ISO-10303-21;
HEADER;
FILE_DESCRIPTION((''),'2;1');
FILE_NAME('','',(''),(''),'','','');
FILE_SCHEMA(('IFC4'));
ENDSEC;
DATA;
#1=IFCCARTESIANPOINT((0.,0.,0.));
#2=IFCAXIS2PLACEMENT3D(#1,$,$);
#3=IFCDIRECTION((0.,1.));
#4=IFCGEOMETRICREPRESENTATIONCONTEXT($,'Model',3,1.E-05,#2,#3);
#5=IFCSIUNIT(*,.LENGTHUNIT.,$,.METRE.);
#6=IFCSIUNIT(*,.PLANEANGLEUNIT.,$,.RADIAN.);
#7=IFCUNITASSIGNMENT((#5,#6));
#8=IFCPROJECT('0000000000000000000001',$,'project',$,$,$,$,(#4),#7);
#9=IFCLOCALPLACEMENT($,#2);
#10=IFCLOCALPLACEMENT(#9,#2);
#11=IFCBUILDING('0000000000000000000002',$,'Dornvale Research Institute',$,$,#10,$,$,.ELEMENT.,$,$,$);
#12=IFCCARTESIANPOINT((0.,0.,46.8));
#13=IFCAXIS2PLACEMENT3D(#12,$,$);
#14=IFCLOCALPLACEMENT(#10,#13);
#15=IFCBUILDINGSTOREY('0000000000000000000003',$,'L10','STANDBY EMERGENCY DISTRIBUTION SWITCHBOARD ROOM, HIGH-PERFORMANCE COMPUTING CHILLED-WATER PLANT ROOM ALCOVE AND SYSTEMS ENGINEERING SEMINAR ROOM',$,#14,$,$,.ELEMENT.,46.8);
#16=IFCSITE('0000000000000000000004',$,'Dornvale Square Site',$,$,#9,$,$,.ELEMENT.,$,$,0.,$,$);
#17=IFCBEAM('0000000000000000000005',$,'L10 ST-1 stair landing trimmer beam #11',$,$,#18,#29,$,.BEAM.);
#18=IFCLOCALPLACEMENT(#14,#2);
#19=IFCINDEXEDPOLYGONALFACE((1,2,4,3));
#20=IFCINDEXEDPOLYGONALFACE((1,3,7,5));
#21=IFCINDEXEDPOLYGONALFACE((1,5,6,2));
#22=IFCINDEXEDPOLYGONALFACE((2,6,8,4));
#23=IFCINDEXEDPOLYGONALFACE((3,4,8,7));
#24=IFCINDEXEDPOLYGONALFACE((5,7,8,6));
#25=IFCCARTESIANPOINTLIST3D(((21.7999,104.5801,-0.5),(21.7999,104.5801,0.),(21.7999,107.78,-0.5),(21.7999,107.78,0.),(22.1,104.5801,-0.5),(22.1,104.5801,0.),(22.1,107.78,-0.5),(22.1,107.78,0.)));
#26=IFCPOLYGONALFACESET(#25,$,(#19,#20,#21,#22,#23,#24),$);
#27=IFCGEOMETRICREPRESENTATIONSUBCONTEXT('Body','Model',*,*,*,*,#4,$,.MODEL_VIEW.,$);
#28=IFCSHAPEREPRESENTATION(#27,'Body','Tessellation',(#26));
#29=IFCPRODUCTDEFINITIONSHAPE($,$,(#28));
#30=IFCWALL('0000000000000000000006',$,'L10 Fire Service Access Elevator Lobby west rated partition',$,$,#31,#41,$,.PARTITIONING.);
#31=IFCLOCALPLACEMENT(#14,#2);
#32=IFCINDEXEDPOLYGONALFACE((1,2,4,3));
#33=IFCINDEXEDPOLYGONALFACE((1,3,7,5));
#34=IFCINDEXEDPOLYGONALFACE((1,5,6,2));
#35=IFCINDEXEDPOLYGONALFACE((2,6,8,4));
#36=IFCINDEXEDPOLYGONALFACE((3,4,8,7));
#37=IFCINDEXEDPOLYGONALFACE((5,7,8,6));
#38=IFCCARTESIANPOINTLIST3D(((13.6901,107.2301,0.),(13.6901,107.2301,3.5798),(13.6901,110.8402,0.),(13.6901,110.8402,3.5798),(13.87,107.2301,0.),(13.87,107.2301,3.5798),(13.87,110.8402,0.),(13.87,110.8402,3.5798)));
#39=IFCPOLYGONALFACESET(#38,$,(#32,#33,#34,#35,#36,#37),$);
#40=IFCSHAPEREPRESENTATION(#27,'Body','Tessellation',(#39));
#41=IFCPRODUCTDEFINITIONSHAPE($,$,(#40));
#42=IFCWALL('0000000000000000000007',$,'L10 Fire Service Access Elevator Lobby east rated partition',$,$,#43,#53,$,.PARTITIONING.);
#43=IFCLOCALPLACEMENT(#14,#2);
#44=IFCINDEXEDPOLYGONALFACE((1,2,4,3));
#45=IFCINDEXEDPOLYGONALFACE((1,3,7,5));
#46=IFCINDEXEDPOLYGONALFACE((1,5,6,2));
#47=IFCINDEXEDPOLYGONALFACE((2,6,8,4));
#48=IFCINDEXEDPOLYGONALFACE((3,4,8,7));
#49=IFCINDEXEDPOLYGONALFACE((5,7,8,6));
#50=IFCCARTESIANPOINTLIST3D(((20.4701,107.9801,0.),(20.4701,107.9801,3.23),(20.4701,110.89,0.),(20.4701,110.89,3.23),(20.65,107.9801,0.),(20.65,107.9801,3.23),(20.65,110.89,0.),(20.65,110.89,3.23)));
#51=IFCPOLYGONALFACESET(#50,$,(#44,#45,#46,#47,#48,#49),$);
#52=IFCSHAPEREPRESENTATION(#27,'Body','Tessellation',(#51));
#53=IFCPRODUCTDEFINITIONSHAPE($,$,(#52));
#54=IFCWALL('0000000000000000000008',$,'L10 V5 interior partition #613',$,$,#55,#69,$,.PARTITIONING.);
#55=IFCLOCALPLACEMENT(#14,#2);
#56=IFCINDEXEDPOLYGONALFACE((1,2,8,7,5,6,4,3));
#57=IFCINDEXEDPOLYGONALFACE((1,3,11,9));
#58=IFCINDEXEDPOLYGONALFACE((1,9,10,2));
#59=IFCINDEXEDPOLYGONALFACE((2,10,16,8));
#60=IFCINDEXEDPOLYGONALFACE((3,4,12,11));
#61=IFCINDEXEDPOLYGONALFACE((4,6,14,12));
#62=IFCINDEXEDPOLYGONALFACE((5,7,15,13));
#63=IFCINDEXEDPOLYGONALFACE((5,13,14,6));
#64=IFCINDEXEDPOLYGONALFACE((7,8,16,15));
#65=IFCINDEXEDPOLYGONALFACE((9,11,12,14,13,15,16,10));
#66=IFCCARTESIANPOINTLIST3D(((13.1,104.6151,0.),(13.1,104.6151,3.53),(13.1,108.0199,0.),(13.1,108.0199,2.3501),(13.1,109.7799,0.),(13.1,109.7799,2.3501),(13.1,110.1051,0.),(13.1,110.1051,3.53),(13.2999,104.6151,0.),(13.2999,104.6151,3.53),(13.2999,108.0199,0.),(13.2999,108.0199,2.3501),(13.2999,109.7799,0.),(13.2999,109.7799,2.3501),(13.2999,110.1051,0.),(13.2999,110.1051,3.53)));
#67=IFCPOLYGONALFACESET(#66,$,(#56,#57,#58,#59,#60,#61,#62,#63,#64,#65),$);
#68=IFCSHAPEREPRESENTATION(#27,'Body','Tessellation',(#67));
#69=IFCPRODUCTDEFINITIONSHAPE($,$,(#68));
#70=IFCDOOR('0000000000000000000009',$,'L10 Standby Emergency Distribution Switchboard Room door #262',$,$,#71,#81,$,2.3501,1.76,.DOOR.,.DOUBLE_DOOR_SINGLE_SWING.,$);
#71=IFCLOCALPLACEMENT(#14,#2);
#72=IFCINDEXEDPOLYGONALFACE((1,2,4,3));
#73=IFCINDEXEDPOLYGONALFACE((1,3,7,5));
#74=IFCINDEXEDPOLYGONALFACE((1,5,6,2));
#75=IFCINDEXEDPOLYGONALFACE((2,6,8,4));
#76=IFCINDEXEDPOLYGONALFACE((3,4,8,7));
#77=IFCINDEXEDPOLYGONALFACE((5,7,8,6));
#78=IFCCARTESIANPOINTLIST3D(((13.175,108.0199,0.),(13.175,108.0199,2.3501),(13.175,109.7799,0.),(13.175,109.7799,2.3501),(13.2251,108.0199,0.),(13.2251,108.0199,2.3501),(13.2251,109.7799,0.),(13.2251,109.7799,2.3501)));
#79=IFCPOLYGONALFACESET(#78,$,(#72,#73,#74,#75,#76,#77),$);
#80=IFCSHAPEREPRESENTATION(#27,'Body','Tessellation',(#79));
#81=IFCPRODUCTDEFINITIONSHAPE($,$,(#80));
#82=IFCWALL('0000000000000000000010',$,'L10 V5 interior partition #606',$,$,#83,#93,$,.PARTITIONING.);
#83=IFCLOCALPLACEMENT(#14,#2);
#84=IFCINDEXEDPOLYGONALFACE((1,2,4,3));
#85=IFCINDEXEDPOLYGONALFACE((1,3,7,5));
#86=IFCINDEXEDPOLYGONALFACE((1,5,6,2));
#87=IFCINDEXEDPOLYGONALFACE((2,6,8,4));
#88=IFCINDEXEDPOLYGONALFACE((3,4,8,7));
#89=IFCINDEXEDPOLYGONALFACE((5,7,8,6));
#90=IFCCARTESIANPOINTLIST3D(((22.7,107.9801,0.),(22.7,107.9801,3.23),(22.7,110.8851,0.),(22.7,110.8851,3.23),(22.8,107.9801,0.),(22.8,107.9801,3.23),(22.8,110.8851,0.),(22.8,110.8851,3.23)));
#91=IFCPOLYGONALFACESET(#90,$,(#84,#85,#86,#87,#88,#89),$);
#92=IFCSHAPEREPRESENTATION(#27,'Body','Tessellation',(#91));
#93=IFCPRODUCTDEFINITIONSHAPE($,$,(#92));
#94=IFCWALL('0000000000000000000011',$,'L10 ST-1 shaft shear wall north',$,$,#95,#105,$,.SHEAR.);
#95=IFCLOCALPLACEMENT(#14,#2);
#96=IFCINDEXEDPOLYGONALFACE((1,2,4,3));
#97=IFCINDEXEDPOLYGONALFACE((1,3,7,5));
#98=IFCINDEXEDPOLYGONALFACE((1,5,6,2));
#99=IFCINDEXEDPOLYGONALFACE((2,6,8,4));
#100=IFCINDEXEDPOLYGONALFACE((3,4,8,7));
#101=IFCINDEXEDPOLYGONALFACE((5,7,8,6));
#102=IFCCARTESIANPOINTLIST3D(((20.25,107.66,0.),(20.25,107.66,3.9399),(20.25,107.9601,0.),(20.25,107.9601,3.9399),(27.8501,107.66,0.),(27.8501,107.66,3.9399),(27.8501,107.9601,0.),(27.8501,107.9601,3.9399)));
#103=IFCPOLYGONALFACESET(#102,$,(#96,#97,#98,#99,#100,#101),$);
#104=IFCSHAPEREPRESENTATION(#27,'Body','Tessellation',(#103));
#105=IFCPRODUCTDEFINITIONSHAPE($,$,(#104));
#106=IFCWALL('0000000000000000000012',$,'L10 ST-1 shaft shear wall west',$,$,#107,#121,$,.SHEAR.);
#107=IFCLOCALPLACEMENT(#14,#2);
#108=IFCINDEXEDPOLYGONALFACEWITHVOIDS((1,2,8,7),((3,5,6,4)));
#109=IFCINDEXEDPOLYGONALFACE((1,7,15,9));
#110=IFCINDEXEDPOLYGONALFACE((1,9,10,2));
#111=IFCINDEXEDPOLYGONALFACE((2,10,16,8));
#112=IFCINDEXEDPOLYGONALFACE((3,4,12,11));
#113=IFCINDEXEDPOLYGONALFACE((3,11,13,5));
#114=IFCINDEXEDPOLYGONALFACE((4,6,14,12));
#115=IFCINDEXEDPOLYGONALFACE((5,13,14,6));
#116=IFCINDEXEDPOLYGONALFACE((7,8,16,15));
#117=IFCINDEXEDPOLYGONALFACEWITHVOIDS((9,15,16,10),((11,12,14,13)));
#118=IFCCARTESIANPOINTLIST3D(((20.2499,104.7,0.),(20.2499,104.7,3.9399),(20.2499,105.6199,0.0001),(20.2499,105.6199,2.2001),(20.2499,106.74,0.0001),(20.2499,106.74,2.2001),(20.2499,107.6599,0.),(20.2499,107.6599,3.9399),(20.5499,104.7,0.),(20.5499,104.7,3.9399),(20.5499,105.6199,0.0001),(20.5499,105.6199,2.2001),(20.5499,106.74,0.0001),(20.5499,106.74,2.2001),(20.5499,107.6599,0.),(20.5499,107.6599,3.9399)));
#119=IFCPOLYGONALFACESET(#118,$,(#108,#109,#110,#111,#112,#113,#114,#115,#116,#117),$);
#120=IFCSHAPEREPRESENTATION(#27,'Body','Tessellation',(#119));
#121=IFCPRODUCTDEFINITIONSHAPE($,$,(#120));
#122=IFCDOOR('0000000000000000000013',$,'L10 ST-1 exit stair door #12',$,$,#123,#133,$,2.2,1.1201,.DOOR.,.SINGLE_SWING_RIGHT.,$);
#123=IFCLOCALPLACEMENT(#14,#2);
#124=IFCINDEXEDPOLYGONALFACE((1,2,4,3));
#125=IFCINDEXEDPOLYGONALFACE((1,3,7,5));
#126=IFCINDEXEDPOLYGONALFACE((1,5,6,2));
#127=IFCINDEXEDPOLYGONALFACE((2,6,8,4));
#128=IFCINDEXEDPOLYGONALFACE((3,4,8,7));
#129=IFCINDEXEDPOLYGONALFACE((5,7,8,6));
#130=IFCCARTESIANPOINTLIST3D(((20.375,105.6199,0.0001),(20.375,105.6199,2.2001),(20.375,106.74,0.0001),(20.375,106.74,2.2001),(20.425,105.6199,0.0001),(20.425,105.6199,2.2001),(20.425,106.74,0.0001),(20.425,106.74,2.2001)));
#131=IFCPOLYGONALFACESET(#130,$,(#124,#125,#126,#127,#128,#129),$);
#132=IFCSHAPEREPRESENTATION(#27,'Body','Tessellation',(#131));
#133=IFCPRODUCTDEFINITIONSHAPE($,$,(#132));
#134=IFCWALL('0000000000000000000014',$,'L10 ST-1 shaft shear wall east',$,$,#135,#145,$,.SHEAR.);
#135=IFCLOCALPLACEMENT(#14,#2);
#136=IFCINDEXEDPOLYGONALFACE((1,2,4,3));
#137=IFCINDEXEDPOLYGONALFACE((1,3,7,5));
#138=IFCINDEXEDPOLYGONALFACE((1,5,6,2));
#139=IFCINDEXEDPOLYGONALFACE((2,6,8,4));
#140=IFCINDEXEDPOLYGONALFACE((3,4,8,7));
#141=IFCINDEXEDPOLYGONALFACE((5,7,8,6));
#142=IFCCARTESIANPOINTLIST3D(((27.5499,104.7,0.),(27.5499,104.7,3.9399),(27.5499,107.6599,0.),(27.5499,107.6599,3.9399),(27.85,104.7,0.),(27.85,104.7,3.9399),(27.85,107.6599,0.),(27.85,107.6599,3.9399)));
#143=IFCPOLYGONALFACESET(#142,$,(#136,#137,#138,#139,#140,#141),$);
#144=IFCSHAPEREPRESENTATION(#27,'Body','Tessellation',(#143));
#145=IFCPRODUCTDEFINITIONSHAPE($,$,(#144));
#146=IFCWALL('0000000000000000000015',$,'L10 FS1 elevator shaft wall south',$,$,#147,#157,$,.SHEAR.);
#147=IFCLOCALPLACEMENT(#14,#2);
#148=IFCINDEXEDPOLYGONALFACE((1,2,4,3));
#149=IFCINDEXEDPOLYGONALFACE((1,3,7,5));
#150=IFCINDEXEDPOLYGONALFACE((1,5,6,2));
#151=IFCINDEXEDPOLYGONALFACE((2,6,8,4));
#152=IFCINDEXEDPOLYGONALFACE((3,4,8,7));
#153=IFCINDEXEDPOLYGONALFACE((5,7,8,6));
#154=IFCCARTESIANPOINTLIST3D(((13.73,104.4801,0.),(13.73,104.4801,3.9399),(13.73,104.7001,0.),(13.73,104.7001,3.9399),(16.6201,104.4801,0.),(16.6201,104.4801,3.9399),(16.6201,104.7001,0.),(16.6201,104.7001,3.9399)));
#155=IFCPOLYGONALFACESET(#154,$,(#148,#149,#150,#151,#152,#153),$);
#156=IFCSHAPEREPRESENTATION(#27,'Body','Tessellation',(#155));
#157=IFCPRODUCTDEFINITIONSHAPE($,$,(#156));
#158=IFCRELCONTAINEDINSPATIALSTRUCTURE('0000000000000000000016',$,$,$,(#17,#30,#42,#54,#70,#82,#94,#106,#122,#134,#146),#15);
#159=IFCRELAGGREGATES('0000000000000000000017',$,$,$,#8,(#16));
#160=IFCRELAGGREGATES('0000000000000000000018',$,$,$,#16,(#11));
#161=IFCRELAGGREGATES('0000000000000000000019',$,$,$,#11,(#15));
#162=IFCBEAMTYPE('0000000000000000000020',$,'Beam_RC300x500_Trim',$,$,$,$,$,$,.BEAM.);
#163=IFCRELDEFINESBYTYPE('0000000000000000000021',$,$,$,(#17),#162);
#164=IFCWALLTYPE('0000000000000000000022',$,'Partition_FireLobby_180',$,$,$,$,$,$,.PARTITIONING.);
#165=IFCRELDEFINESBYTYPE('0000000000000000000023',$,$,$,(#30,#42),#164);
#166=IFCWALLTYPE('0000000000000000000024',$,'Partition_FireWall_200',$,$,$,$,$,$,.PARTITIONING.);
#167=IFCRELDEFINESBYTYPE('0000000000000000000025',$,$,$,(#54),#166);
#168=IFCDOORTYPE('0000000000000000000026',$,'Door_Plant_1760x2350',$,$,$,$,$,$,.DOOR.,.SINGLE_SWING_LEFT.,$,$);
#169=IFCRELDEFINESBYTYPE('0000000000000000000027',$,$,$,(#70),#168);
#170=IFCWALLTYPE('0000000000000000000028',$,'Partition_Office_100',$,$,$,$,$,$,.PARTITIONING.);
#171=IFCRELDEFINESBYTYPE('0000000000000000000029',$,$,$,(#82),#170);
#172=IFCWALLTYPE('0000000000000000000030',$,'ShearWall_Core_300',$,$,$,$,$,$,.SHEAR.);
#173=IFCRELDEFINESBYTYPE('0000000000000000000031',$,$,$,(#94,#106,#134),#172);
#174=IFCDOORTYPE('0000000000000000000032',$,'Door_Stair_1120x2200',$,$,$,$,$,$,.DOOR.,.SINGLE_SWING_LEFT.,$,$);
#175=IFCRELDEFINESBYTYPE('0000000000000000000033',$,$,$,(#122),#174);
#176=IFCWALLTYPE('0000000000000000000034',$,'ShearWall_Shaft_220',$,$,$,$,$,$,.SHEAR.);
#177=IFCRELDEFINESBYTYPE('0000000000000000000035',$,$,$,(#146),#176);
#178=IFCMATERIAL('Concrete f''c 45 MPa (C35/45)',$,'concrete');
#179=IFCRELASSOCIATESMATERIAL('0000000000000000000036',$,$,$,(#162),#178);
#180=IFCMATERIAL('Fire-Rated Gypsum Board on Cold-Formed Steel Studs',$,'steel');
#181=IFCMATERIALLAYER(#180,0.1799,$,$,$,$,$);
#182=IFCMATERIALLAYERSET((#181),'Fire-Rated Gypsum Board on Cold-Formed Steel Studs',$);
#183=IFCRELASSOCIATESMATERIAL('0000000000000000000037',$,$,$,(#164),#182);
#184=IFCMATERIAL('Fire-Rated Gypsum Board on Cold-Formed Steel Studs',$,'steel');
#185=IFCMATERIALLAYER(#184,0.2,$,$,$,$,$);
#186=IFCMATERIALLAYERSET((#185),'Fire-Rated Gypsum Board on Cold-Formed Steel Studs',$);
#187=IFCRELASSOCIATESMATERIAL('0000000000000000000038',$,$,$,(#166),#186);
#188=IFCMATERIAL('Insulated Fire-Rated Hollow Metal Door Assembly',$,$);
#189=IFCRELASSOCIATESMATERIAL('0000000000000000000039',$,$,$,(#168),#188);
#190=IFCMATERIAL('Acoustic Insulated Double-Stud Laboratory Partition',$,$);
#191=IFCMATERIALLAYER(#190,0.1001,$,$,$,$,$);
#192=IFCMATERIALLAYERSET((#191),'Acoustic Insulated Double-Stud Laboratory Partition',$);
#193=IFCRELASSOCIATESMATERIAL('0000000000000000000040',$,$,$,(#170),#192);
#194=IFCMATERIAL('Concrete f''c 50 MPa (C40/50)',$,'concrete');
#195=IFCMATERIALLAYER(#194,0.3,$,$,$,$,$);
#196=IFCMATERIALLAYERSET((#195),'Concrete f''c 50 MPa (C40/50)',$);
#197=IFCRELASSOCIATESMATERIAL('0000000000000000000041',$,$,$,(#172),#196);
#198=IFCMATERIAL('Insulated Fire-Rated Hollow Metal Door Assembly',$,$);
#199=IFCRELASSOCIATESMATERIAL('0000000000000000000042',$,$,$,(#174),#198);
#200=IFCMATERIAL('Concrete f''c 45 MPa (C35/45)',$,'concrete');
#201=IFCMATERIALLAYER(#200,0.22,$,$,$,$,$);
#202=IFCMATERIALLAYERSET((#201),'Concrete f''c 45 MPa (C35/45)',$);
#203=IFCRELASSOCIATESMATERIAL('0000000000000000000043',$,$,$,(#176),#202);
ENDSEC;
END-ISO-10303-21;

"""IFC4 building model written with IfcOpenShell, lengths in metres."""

from ifc_helpers import new_model, si_unit, direction, frame, frame_2d, origin, origin_2d, place, context, subcontext, project, spatial, rectangle, extrude, material, layer, layer_set, material_profile, profile_set, type_object, element, fill, save


model = new_model("IFC4")

# Units and contexts
model_context = context("Model", 3, precision=1e-05, world=origin(), true_north=direction((0.0, 1.0)))
body_context = subcontext(model_context, "Body", "Model", "MODEL_VIEW")
ifc_project = project(units=[si_unit("LENGTHUNIT", "METRE"), si_unit("PLANEANGLEUNIT", "RADIAN")], contexts=[model_context])

# Site, building, storey
site_placement = place(None, origin())
site = spatial("IfcSite", under=ifc_project, at=site_placement, Name="Dornvale Square Site", CompositionType="ELEMENT", RefElevation=0.0)
building_placement = place(site_placement, origin())
building = spatial("IfcBuilding", under=site, at=building_placement, Name="Dornvale Research Institute", CompositionType="ELEMENT")
storey_placement = place(building_placement, frame((0.0, 0.0, 46.8)))
storey = spatial("IfcBuildingStorey", under=building, at=storey_placement, Name="L10", Description="STANDBY EMERGENCY DISTRIBUTION SWITCHBOARD ROOM, HIGH-PERFORMANCE COMPUTING CHILLED-WATER PLANT ROOM ALCOVE AND SYSTEMS ENGINEERING SEMINAR ROOM", CompositionType="ELEMENT", Elevation=46.8)

# Beam
ifc_material_1 = material(Name="Concrete f'c 45 MPa (C35/45)", Category="concrete")
ifc_material_profile = material_profile(ifc_material_1, rectangle(XDim=0.3, YDim=0.5, at=origin_2d()), Name="RC 300x500")
ifc_profile_set = profile_set([ifc_material_profile], Name="Concrete f'c 45 MPa (C35/45)")
beam_type = type_object("IfcBeamType", Name="Beam_RC300x500_Trim", PredefinedType="BEAM", material=ifc_profile_set)
beam_placement = place(storey_placement, frame((21.95, 104.5801, -0.25), z_axis=(0.0, 1.0, 0.0), x_axis=(-1.0, 0.0, 0.0)))
element("IfcBeam", 1, at=beam_placement, inside=storey, type_object=beam_type, Name="L10 ST-1 stair landing trimmer beam #11", PredefinedType="BEAM", context=body_context, shape_type="SweptSolid", body=[
    extrude(rectangle(XDim=0.3, YDim=0.5, at=origin_2d()), origin(), (0.0, 0.0, 1.0), 3.2),
])

# Walls
ifc_material_2 = material(Name="Fire-Rated Gypsum Board on Cold-Formed Steel Studs", Category="steel")
ifc_layer_1 = layer(ifc_material_2, 0.1799)
ifc_layer_set_1 = layer_set([ifc_layer_1], Name="Fire-Rated Gypsum Board on Cold-Formed Steel Studs")
wall_type_1 = type_object("IfcWallType", Name="Partition_FireLobby_180", PredefinedType="PARTITIONING", material=ifc_layer_set_1)
wall_1_placement = place(storey_placement, frame((13.78, 107.23, 0.0), z_axis=(0.0, 0.0, 1.0), x_axis=(0.0, 1.0, 0.0)))
element("IfcWall", 2, at=wall_1_placement, inside=storey, type_object=wall_type_1, Name="L10 Fire Service Access Elevator Lobby west rated partition", PredefinedType="PARTITIONING", context=body_context, shape_type="SweptSolid", body=[
    extrude(rectangle(XDim=3.6101, YDim=0.1799, at=frame_2d((1.8052, 0.0))), origin(), (0.0, 0.0, 1.0), 3.5798),
])
wall_2_placement = place(storey_placement, frame((20.5601, 107.98, 0.0), z_axis=(0.0, 0.0, 1.0), x_axis=(0.0, 1.0, 0.0)))
element("IfcWall", 3, at=wall_2_placement, inside=storey, type_object=wall_type_1, Name="L10 Fire Service Access Elevator Lobby east rated partition", PredefinedType="PARTITIONING", context=body_context, shape_type="SweptSolid", body=[
    extrude(rectangle(XDim=2.9099, YDim=0.1799, at=frame_2d((1.4551, 0.0))), origin(), (0.0, 0.0, 1.0), 3.23),
])

# Wall, opening, door
ifc_material_3 = material(Name="Fire-Rated Gypsum Board on Cold-Formed Steel Studs", Category="steel")
ifc_layer_2 = layer(ifc_material_3, 0.2)
ifc_layer_set_2 = layer_set([ifc_layer_2], Name="Fire-Rated Gypsum Board on Cold-Formed Steel Studs")
wall_type_2 = type_object("IfcWallType", Name="Partition_FireWall_200", PredefinedType="PARTITIONING", material=ifc_layer_set_2)
wall_3_placement = place(storey_placement, frame((13.2, 104.615, 0.0), z_axis=(0.0, 0.0, 1.0), x_axis=(0.0, 1.0, 0.0)))
wall_3 = element("IfcWall", 4, at=wall_3_placement, inside=storey, type_object=wall_type_2, Name="L10 V5 interior partition #613", PredefinedType="PARTITIONING", context=body_context, shape_type="SweptSolid", body=[
    extrude(rectangle(XDim=5.49, YDim=0.2, at=frame_2d((2.7451, 0.0))), origin(), (0.0, 0.0, 1.0), 3.53),
])
opening_1_placement = place(wall_3_placement, frame((3.405, 0.0, 0.0)))
opening_1 = element("IfcOpeningElement", 5, at=opening_1_placement, cuts=wall_3, PredefinedType="OPENING", context=body_context, shape_type="SweptSolid", body=[
    extrude(rectangle(XDim=1.76, YDim=2.3501, at=frame_2d((0.8799, 1.175))), frame((0.0, 0.115, 0.0), z_axis=(0.0, -1.0, 0.0), x_axis=(1.0, 0.0, 0.0)), (0.0, 0.0, 1.0), 0.23),
])
ifc_material_4 = material(Name="Insulated Fire-Rated Hollow Metal Door Assembly")
door_type_1 = type_object("IfcDoorType", Name="Door_Plant_1760x2350", OperationType="SINGLE_SWING_LEFT", PredefinedType="DOOR", material=ifc_material_4)
door_1_placement = place(opening_1_placement, origin())
door_1 = element("IfcDoor", 6, at=door_1_placement, inside=storey, type_object=door_type_1, Name="L10 Standby Emergency Distribution Switchboard Room door #262", OperationType="DOUBLE_DOOR_SINGLE_SWING", OverallHeight=2.3501, OverallWidth=1.76, PredefinedType="DOOR", context=body_context, shape_type="SweptSolid", body=[
    extrude(rectangle(XDim=1.76, YDim=2.3501, at=frame_2d((0.8799, 1.175))), frame((0.0, 0.0249, 0.0), z_axis=(0.0, -1.0, 0.0), x_axis=(1.0, 0.0, 0.0)), (0.0, 0.0, 1.0), 0.05),
])
fill(opening_1, door_1)

# Walls
ifc_material_5 = material(Name="Acoustic Insulated Double-Stud Laboratory Partition")
ifc_layer_3 = layer(ifc_material_5, 0.1001)
ifc_layer_set_3 = layer_set([ifc_layer_3], Name="Acoustic Insulated Double-Stud Laboratory Partition")
wall_type_3 = type_object("IfcWallType", Name="Partition_Office_100", PredefinedType="PARTITIONING", material=ifc_layer_set_3)
wall_4_placement = place(storey_placement, frame((22.75, 107.98, 0.0), z_axis=(0.0, 0.0, 1.0), x_axis=(0.0, 1.0, 0.0)))
element("IfcWall", 7, at=wall_4_placement, inside=storey, type_object=wall_type_3, Name="L10 V5 interior partition #606", PredefinedType="PARTITIONING", context=body_context, shape_type="SweptSolid", body=[
    extrude(rectangle(XDim=2.905, YDim=0.1001, at=frame_2d((1.4526, 0.0))), origin(), (0.0, 0.0, 1.0), 3.23),
])
ifc_material_6 = material(Name="Concrete f'c 50 MPa (C40/50)", Category="concrete")
ifc_layer_4 = layer(ifc_material_6, 0.3)
ifc_layer_set_4 = layer_set([ifc_layer_4], Name="Concrete f'c 50 MPa (C40/50)")
wall_type_4 = type_object("IfcWallType", Name="ShearWall_Core_300", PredefinedType="SHEAR", material=ifc_layer_set_4)
wall_5_placement = place(storey_placement, frame((20.25, 107.8101, 0.0), z_axis=(0.0, 0.0, 1.0), x_axis=(1.0, 0.0, 0.0)))
element("IfcWall", 8, at=wall_5_placement, inside=storey, type_object=wall_type_4, Name="L10 ST-1 shaft shear wall north", PredefinedType="SHEAR", context=body_context, shape_type="SweptSolid", body=[
    extrude(rectangle(XDim=7.6001, YDim=0.3, at=frame_2d((3.8, 0.0))), origin(), (0.0, 0.0, 1.0), 3.9399),
])

# Wall, opening, door
wall_6_placement = place(storey_placement, frame((20.3999, 104.7, 0.0), z_axis=(0.0, 0.0, 1.0), x_axis=(0.0, 1.0, 0.0)))
wall_6 = element("IfcWall", 9, at=wall_6_placement, inside=storey, type_object=wall_type_4, Name="L10 ST-1 shaft shear wall west", PredefinedType="SHEAR", context=body_context, shape_type="SweptSolid", body=[
    extrude(rectangle(XDim=2.96, YDim=0.3, at=frame_2d((1.48, 0.0))), origin(), (0.0, 0.0, 1.0), 3.9399),
])
opening_2_placement = place(wall_6_placement, frame((0.9199, 0.0, 0.0)))
opening_2 = element("IfcOpeningElement", 10, at=opening_2_placement, cuts=wall_6, PredefinedType="OPENING", context=body_context, shape_type="SweptSolid", body=[
    extrude(rectangle(XDim=1.1201, YDim=2.2, at=frame_2d((0.5601, 1.1001))), frame((0.0, 0.165, 0.0), z_axis=(0.0, -1.0, 0.0), x_axis=(1.0, 0.0, 0.0)), (0.0, 0.0, 1.0), 0.3301),
])
ifc_material_7 = material(Name="Insulated Fire-Rated Hollow Metal Door Assembly")
door_type_2 = type_object("IfcDoorType", Name="Door_Stair_1120x2200", OperationType="SINGLE_SWING_LEFT", PredefinedType="DOOR", material=ifc_material_7)
door_2_placement = place(opening_2_placement, origin())
door_2 = element("IfcDoor", 11, at=door_2_placement, inside=storey, type_object=door_type_2, Name="L10 ST-1 exit stair door #12", OperationType="SINGLE_SWING_RIGHT", OverallHeight=2.2, OverallWidth=1.1201, PredefinedType="DOOR", context=body_context, shape_type="SweptSolid", body=[
    extrude(rectangle(XDim=1.1201, YDim=2.2, at=frame_2d((0.5601, 1.1001))), frame((0.0, 0.0249, 0.0), z_axis=(0.0, -1.0, 0.0), x_axis=(1.0, 0.0, 0.0)), (0.0, 0.0, 1.0), 0.05),
])
fill(opening_2, door_2)

# Walls
wall_7_placement = place(storey_placement, frame((27.7, 104.7, 0.0), z_axis=(0.0, 0.0, 1.0), x_axis=(0.0, 1.0, 0.0)))
element("IfcWall", 12, at=wall_7_placement, inside=storey, type_object=wall_type_4, Name="L10 ST-1 shaft shear wall east", PredefinedType="SHEAR", context=body_context, shape_type="SweptSolid", body=[
    extrude(rectangle(XDim=2.96, YDim=0.3, at=frame_2d((1.48, 0.0))), origin(), (0.0, 0.0, 1.0), 3.9399),
])
ifc_material_8 = material(Name="Concrete f'c 45 MPa (C35/45)", Category="concrete")
ifc_layer_5 = layer(ifc_material_8, 0.22)
ifc_layer_set_5 = layer_set([ifc_layer_5], Name="Concrete f'c 45 MPa (C35/45)")
wall_type_5 = type_object("IfcWallType", Name="ShearWall_Shaft_220", PredefinedType="SHEAR", material=ifc_layer_set_5)
wall_8_placement = place(storey_placement, frame((13.73, 104.5901, 0.0), z_axis=(0.0, 0.0, 1.0), x_axis=(1.0, 0.0, 0.0)))
element("IfcWall", 13, at=wall_8_placement, inside=storey, type_object=wall_type_5, Name="L10 FS1 elevator shaft wall south", PredefinedType="SHEAR", context=body_context, shape_type="SweptSolid", body=[
    extrude(rectangle(XDim=2.8901, YDim=0.22, at=frame_2d((1.4451, 0.0))), origin(), (0.0, 0.0, 1.0), 3.9399),
])

save(model, "model.ifc")
